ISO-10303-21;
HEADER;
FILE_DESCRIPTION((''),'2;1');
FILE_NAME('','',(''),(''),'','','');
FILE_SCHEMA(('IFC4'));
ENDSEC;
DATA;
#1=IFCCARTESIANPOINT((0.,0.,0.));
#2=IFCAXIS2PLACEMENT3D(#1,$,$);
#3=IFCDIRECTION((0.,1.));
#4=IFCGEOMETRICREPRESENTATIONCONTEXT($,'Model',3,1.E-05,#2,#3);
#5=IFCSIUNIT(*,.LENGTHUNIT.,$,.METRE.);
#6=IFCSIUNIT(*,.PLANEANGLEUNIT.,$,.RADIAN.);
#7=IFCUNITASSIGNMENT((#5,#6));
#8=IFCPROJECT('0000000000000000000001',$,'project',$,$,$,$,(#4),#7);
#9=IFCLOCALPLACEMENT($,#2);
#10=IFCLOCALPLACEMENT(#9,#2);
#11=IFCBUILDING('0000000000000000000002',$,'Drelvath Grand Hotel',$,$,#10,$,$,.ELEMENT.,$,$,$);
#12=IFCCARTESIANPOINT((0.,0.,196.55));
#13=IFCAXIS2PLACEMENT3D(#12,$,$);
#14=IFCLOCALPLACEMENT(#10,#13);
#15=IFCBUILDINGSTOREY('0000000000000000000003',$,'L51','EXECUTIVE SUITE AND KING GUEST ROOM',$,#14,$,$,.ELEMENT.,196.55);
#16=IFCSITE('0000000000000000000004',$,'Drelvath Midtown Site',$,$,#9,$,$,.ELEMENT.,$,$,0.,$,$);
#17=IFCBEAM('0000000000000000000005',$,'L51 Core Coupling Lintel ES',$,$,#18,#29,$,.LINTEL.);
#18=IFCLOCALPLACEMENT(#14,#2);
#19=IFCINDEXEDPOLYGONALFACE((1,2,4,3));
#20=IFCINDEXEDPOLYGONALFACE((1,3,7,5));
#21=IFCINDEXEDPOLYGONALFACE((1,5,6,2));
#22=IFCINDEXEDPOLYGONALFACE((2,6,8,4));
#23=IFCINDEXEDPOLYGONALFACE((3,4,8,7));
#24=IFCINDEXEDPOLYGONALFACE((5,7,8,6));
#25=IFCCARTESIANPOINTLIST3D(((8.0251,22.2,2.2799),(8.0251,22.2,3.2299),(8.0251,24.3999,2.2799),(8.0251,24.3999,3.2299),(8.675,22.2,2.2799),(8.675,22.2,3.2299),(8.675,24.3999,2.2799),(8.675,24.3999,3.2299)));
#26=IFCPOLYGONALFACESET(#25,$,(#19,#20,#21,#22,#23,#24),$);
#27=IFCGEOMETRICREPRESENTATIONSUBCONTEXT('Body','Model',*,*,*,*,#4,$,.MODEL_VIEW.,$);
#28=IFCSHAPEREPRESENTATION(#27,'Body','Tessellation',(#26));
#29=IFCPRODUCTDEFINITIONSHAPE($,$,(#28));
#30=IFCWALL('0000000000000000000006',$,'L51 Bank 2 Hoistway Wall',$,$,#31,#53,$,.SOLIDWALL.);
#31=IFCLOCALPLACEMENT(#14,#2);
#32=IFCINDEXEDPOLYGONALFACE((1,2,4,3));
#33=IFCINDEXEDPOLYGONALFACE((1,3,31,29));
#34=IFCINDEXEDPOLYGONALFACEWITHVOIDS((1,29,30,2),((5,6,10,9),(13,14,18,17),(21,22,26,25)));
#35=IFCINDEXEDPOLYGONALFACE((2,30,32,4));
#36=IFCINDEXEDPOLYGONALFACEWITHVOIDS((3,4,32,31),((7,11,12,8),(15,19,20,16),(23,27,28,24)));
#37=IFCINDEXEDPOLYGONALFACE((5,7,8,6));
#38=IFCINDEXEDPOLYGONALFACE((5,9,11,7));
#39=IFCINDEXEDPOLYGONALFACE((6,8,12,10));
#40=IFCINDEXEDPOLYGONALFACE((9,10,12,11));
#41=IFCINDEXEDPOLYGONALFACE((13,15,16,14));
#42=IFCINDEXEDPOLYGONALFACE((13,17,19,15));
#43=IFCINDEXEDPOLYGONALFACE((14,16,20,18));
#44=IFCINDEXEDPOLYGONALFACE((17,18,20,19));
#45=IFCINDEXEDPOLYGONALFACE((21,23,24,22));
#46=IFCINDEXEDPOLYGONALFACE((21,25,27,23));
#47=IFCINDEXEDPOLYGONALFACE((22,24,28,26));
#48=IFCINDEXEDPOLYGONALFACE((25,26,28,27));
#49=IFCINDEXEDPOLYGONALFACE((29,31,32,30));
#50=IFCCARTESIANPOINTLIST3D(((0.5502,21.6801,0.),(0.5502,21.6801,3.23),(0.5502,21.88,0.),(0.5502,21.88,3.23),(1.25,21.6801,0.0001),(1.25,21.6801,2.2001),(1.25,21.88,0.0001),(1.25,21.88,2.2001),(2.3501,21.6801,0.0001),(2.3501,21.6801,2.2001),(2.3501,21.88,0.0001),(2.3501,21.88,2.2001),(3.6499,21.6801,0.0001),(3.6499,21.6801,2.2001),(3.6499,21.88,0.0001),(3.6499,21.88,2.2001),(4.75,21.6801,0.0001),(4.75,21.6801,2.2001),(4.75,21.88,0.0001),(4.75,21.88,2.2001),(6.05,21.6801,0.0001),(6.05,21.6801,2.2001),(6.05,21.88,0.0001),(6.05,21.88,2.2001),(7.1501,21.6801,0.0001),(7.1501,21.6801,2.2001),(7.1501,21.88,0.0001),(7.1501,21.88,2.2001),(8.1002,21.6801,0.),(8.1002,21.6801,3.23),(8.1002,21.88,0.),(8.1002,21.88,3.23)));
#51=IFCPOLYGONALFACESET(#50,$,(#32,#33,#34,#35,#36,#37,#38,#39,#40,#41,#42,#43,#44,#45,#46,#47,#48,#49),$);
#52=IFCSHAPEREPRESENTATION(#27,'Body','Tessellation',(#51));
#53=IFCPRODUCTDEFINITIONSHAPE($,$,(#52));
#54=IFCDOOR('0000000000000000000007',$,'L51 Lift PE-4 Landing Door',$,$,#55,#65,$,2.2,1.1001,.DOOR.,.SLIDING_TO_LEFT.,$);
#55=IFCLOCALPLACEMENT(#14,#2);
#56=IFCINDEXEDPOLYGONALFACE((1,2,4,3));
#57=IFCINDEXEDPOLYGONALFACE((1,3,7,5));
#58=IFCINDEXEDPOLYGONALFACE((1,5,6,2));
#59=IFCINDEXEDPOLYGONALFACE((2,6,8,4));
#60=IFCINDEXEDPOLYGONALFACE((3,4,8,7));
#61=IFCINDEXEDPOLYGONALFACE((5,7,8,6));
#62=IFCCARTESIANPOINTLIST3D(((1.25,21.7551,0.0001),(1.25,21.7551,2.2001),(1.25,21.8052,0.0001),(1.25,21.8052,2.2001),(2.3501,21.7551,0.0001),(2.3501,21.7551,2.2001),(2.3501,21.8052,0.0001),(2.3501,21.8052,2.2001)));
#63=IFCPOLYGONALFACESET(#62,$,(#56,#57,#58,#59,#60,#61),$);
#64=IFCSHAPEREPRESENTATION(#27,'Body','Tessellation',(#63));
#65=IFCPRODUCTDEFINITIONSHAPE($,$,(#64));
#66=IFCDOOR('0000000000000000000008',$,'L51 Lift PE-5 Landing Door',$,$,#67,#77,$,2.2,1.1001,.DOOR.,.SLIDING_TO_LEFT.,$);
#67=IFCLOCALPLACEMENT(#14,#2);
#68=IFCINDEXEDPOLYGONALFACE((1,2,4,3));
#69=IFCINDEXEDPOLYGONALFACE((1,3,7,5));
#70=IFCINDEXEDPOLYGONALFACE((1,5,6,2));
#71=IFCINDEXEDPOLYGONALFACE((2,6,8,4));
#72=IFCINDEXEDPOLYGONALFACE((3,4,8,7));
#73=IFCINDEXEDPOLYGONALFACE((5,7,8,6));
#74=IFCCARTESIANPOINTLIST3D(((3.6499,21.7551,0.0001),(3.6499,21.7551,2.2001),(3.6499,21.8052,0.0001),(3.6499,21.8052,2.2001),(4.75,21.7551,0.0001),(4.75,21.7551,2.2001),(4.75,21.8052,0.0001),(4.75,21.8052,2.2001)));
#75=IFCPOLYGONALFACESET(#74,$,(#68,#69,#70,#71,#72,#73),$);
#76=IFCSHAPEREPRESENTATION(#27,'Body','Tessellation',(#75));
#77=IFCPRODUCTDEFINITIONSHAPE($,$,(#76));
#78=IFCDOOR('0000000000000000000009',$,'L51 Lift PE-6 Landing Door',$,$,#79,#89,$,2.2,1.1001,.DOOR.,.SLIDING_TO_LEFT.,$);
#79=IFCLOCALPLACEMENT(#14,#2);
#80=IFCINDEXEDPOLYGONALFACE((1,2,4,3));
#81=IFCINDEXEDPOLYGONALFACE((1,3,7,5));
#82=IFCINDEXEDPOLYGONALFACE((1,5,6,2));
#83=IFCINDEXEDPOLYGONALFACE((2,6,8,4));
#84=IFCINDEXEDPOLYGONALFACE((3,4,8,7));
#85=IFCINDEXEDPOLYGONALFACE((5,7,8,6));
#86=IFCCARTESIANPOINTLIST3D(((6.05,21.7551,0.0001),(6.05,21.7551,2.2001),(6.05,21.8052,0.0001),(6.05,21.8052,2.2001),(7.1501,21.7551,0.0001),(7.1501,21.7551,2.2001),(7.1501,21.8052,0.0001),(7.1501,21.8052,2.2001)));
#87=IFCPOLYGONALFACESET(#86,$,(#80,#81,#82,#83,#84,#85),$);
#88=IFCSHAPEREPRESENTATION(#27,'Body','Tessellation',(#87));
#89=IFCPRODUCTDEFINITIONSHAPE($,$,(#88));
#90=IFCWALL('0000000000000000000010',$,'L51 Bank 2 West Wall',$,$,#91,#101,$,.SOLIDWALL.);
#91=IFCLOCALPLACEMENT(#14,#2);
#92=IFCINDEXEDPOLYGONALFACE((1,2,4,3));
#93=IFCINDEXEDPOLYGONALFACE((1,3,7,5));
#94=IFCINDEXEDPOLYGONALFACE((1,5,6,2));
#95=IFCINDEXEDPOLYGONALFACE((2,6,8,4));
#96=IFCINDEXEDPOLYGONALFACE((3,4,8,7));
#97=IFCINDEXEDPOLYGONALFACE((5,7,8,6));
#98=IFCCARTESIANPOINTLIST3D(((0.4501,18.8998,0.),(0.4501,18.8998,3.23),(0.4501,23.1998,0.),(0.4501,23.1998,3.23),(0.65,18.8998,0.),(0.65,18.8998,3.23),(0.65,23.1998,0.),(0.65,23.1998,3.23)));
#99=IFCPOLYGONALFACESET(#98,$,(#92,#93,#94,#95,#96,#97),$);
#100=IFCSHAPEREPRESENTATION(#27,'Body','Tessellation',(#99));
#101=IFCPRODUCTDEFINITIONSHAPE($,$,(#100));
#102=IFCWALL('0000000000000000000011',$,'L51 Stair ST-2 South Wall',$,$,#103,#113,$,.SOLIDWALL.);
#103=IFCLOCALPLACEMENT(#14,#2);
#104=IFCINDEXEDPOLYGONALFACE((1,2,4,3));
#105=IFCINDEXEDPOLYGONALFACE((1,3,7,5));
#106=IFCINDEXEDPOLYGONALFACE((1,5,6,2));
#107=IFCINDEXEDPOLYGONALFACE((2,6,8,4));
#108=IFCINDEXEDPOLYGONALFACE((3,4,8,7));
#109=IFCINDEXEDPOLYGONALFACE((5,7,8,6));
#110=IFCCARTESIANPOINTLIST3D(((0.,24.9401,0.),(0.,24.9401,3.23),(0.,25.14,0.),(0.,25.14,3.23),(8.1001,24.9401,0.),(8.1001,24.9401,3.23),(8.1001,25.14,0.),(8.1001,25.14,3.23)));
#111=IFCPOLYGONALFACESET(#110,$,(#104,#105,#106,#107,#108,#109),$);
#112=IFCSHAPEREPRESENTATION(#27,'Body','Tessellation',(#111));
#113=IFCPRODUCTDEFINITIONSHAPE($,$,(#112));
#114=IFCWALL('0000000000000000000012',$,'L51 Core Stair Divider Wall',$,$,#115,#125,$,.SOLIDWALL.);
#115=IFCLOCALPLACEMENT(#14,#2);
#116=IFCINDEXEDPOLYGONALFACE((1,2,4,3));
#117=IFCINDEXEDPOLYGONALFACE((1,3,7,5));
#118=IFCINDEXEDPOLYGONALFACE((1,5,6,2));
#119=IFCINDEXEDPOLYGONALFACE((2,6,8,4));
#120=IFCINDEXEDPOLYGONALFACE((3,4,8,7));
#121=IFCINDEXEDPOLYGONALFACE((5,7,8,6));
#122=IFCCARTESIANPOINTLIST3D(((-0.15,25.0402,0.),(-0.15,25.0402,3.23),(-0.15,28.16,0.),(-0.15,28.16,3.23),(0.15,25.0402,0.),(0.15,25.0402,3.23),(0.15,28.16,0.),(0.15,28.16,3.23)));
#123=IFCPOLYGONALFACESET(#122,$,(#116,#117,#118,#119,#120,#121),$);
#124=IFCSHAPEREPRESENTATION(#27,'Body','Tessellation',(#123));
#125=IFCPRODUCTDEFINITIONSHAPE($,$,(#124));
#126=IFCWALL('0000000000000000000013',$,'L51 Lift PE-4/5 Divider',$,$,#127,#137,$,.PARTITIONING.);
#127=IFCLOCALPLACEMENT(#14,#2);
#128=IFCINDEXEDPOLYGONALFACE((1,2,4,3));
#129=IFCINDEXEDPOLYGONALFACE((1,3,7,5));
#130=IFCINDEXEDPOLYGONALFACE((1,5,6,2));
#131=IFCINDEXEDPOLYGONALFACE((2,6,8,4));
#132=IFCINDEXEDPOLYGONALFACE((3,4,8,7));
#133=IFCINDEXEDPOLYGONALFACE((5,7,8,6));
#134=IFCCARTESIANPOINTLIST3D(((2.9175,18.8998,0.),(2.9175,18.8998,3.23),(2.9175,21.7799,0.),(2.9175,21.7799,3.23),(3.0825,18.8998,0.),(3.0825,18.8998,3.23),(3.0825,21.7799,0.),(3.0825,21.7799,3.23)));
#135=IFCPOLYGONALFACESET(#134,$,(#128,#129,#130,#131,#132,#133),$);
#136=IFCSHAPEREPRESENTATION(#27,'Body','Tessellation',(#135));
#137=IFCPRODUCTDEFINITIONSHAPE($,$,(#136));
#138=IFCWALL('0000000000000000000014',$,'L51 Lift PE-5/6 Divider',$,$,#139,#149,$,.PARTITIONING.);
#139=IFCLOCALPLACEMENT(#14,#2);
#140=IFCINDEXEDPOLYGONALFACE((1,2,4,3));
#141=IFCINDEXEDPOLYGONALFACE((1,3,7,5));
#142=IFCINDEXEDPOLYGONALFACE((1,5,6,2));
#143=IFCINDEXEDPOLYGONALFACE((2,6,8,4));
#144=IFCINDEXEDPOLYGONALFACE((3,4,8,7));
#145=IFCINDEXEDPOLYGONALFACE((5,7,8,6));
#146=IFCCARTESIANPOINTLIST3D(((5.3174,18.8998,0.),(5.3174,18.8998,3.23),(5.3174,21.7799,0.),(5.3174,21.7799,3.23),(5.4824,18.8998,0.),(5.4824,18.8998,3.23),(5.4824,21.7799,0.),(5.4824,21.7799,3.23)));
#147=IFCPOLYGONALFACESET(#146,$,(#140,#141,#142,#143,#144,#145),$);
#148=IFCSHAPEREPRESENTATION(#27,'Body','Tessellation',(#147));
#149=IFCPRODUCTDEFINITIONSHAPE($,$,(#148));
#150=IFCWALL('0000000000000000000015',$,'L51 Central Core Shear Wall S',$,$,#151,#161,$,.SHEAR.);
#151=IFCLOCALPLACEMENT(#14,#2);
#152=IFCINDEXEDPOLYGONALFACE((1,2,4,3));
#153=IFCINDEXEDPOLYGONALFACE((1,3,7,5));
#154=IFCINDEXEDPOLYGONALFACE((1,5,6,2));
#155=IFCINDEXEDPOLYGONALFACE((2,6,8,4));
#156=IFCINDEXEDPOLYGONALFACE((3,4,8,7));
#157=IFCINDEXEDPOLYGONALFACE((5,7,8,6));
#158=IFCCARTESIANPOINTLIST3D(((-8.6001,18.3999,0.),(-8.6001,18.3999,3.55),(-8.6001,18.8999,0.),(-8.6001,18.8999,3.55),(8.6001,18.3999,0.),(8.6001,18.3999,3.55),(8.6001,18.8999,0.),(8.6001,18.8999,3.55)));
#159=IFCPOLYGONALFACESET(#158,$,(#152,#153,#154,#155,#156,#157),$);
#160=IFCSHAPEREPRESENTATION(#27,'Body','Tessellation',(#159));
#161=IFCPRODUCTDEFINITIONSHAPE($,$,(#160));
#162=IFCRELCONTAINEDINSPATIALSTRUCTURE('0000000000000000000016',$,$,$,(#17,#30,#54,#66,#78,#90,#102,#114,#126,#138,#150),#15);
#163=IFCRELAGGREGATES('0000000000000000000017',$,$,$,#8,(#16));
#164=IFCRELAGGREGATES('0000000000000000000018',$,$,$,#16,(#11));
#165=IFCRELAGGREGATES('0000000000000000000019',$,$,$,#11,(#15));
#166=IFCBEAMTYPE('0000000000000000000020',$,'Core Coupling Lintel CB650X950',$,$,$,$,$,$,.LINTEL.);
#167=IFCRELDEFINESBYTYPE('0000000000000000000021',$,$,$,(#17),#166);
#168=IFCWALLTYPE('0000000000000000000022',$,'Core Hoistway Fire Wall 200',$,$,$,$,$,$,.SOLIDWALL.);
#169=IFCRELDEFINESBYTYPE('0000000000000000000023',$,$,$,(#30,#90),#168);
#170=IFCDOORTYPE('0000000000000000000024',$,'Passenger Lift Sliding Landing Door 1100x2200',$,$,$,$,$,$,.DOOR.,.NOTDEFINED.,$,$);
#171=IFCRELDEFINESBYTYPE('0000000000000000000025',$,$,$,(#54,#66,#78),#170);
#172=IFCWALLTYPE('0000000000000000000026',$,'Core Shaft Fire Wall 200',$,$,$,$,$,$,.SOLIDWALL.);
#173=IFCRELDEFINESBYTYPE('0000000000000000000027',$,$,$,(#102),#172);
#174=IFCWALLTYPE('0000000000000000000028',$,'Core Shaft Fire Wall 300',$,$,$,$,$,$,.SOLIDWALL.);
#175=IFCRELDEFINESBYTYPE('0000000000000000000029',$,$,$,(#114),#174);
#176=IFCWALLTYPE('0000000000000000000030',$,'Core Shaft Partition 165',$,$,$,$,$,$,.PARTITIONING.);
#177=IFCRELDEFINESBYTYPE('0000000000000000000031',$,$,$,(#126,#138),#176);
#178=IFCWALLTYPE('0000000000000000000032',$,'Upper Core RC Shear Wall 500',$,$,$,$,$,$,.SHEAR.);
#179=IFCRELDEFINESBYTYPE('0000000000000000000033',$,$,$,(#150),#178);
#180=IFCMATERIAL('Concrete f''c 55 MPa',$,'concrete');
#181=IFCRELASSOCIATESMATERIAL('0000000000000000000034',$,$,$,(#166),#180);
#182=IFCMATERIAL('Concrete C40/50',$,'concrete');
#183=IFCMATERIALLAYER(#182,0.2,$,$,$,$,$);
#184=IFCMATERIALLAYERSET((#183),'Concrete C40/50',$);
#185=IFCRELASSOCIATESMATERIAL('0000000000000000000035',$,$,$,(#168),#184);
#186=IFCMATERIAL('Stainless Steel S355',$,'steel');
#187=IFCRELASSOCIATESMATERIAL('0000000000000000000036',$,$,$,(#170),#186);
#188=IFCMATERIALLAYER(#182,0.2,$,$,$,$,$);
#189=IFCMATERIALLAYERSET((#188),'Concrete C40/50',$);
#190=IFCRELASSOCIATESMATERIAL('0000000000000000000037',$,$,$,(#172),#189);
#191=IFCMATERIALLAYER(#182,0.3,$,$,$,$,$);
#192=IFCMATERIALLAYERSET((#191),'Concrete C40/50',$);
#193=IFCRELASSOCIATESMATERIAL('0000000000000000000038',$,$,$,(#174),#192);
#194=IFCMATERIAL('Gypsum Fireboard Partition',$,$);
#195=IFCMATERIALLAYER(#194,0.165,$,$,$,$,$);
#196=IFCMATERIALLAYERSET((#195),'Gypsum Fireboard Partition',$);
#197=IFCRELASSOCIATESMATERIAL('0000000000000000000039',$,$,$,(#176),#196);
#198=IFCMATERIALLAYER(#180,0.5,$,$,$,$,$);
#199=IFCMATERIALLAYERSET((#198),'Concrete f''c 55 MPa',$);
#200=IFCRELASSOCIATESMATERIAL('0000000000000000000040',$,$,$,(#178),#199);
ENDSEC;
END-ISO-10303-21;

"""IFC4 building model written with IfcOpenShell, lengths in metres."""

from ifc_helpers import new_model, si_unit, direction, frame, frame_2d, origin, origin_2d, place, context, subcontext, project, spatial, rectangle, extrude, material, layer, layer_set, material_profile, profile_set, type_object, element, fill, save


model = new_model("IFC4")

# Units and contexts
model_context = context("Model", 3, precision=1e-05, world=origin(), true_north=direction((0.0, 1.0)))
body_context = subcontext(model_context, "Body", "Model", "MODEL_VIEW")
ifc_project = project(units=[si_unit("LENGTHUNIT", "METRE"), si_unit("PLANEANGLEUNIT", "RADIAN")], contexts=[model_context])

# Site, building, storey
site_placement = place(None, origin())
site = spatial("IfcSite", under=ifc_project, at=site_placement, Name="Drelvath Midtown Site", CompositionType="ELEMENT", RefElevation=0.0)
building_placement = place(site_placement, origin())
building = spatial("IfcBuilding", under=site, at=building_placement, Name="Drelvath Grand Hotel", CompositionType="ELEMENT")
storey_placement = place(building_placement, frame((0.0, 0.0, 196.55)))
storey = spatial("IfcBuildingStorey", under=building, at=storey_placement, Name="L51", Description="EXECUTIVE SUITE AND KING GUEST ROOM", CompositionType="ELEMENT", Elevation=196.55)

# Beam
ifc_material_1 = material(Name="Concrete f'c 55 MPa", Category="concrete")
ifc_material_profile = material_profile(ifc_material_1, rectangle(XDim=0.6499, YDim=0.95, at=origin_2d()), Name="CB650X950")
ifc_profile_set = profile_set([ifc_material_profile], Name="Concrete f'c 55 MPa")
beam_type = type_object("IfcBeamType", Name="Core Coupling Lintel CB650X950", PredefinedType="LINTEL", material=ifc_profile_set)
beam_placement = place(storey_placement, frame((8.3501, 22.2, 2.7549), z_axis=(0.0, 1.0, 0.0), x_axis=(-1.0, 0.0, 0.0)))
element("IfcBeam", 1, at=beam_placement, inside=storey, type_object=beam_type, Name="L51 Core Coupling Lintel ES", PredefinedType="LINTEL", context=body_context, shape_type="SweptSolid", body=[
    extrude(rectangle(XDim=0.6499, YDim=0.95, at=origin_2d()), origin(), (0.0, 0.0, 1.0), 2.2),
])

# Wall, openings, doors
ifc_material_2 = material(Name="Concrete C40/50", Category="concrete")
ifc_layer_1 = layer(ifc_material_2, 0.2)
ifc_layer_set_1 = layer_set([ifc_layer_1], Name="Concrete C40/50")
wall_type_1 = type_object("IfcWallType", Name="Core Hoistway Fire Wall 200", PredefinedType="SOLIDWALL", material=ifc_layer_set_1)
wall_1_placement = place(storey_placement, frame((8.1001, 21.78, 0.0), z_axis=(0.0, 0.0, 1.0), x_axis=(-1.0, 0.0, 0.0)))
wall_1 = element("IfcWall", 2, at=wall_1_placement, inside=storey, type_object=wall_type_1, Name="L51 Bank 2 Hoistway Wall", PredefinedType="SOLIDWALL", context=body_context, shape_type="SweptSolid", body=[
    extrude(rectangle(XDim=7.55, YDim=0.2, at=frame_2d((3.7749, 0.0))), origin(), (0.0, 0.0, 1.0), 3.23),
])
opening_1_placement = place(wall_1_placement, frame((5.75, 0.0, 0.0)))
opening_1 = element("IfcOpeningElement", 3, at=opening_1_placement, cuts=wall_1, PredefinedType="OPENING", context=body_context, shape_type="SweptSolid", body=[
    extrude(rectangle(XDim=1.1001, YDim=2.2, at=frame_2d((0.55, 1.1001))), frame((0.0, 0.1099, 0.0), z_axis=(0.0, -1.0, 0.0), x_axis=(1.0, 0.0, 0.0)), (0.0, 0.0, 1.0), 0.22),
])
opening_2_placement = place(wall_1_placement, frame((3.3501, 0.0, 0.0)))
opening_2 = element("IfcOpeningElement", 4, at=opening_2_placement, cuts=wall_1, PredefinedType="OPENING", context=body_context, shape_type="SweptSolid", body=[
    extrude(rectangle(XDim=1.1001, YDim=2.2, at=frame_2d((0.55, 1.1001))), frame((0.0, 0.1099, 0.0), z_axis=(0.0, -1.0, 0.0), x_axis=(1.0, 0.0, 0.0)), (0.0, 0.0, 1.0), 0.22),
])
opening_3_placement = place(wall_1_placement, frame((0.95, 0.0, 0.0)))
opening_3 = element("IfcOpeningElement", 5, at=opening_3_placement, cuts=wall_1, PredefinedType="OPENING", context=body_context, shape_type="SweptSolid", body=[
    extrude(rectangle(XDim=1.1001, YDim=2.2, at=frame_2d((0.55, 1.1001))), frame((0.0, 0.1099, 0.0), z_axis=(0.0, -1.0, 0.0), x_axis=(1.0, 0.0, 0.0)), (0.0, 0.0, 1.0), 0.22),
])
ifc_material_3 = material(Name="Stainless Steel S355", Category="steel")
door_type = type_object("IfcDoorType", Name="Passenger Lift Sliding Landing Door 1100x2200", OperationType="NOTDEFINED", PredefinedType="DOOR", material=ifc_material_3)
door_1_placement = place(opening_1_placement, origin())
door_1 = element("IfcDoor", 6, at=door_1_placement, inside=storey, type_object=door_type, Name="L51 Lift PE-4 Landing Door", OperationType="SLIDING_TO_LEFT", OverallHeight=2.2, OverallWidth=1.1001, PredefinedType="DOOR", context=body_context, shape_type="SweptSolid", body=[
    extrude(rectangle(XDim=1.1001, YDim=2.2, at=frame_2d((0.55, 1.1001))), frame((0.0, 0.0249, 0.0), z_axis=(0.0, -1.0, 0.0), x_axis=(1.0, 0.0, 0.0)), (0.0, 0.0, 1.0), 0.05),
])
fill(opening_1, door_1)
door_2_placement = place(opening_2_placement, origin())
door_2 = element("IfcDoor", 7, at=door_2_placement, inside=storey, type_object=door_type, Name="L51 Lift PE-5 Landing Door", OperationType="SLIDING_TO_LEFT", OverallHeight=2.2, OverallWidth=1.1001, PredefinedType="DOOR", context=body_context, shape_type="SweptSolid", body=[
    extrude(rectangle(XDim=1.1001, YDim=2.2, at=frame_2d((0.55, 1.1001))), frame((0.0, 0.0249, 0.0), z_axis=(0.0, -1.0, 0.0), x_axis=(1.0, 0.0, 0.0)), (0.0, 0.0, 1.0), 0.05),
])
fill(opening_2, door_2)
door_3_placement = place(opening_3_placement, origin())
door_3 = element("IfcDoor", 8, at=door_3_placement, inside=storey, type_object=door_type, Name="L51 Lift PE-6 Landing Door", OperationType="SLIDING_TO_LEFT", OverallHeight=2.2, OverallWidth=1.1001, PredefinedType="DOOR", context=body_context, shape_type="SweptSolid", body=[
    extrude(rectangle(XDim=1.1001, YDim=2.2, at=frame_2d((0.55, 1.1001))), frame((0.0, 0.0249, 0.0), z_axis=(0.0, -1.0, 0.0), x_axis=(1.0, 0.0, 0.0)), (0.0, 0.0, 1.0), 0.05),
])
fill(opening_3, door_3)

# Walls
wall_2_placement = place(storey_placement, frame((0.55, 18.8999, 0.0), z_axis=(0.0, 0.0, 1.0), x_axis=(0.0, 1.0, 0.0)))
element("IfcWall", 9, at=wall_2_placement, inside=storey, type_object=wall_type_1, Name="L51 Bank 2 West Wall", PredefinedType="SOLIDWALL", context=body_context, shape_type="SweptSolid", body=[
    extrude(rectangle(XDim=4.3, YDim=0.2, at=frame_2d((2.1499, 0.0))), origin(), (0.0, 0.0, 1.0), 3.23),
])
ifc_layer_2 = layer(ifc_material_2, 0.2)
ifc_layer_set_2 = layer_set([ifc_layer_2], Name="Concrete C40/50")
wall_type_2 = type_object("IfcWallType", Name="Core Shaft Fire Wall 200", PredefinedType="SOLIDWALL", material=ifc_layer_set_2)
wall_3_placement = place(storey_placement, frame((0.0, 25.04, 0.0), z_axis=(0.0, 0.0, 1.0), x_axis=(1.0, 0.0, 0.0)))
element("IfcWall", 10, at=wall_3_placement, inside=storey, type_object=wall_type_2, Name="L51 Stair ST-2 South Wall", PredefinedType="SOLIDWALL", context=body_context, shape_type="SweptSolid", body=[
    extrude(rectangle(XDim=8.1001, YDim=0.2, at=frame_2d((4.05, 0.0))), origin(), (0.0, 0.0, 1.0), 3.23),
])
ifc_layer_3 = layer(ifc_material_2, 0.3)
ifc_layer_set_3 = layer_set([ifc_layer_3], Name="Concrete C40/50")
wall_type_3 = type_object("IfcWallType", Name="Core Shaft Fire Wall 300", PredefinedType="SOLIDWALL", material=ifc_layer_set_3)
wall_4_placement = place(storey_placement, frame((0.0, 25.04, 0.0), z_axis=(0.0, 0.0, 1.0), x_axis=(0.0, 1.0, 0.0)))
element("IfcWall", 11, at=wall_4_placement, inside=storey, type_object=wall_type_3, Name="L51 Core Stair Divider Wall", PredefinedType="SOLIDWALL", context=body_context, shape_type="SweptSolid", body=[
    extrude(rectangle(XDim=3.1199, YDim=0.3, at=frame_2d((1.5601, 0.0))), origin(), (0.0, 0.0, 1.0), 3.23),
])
ifc_material_4 = material(Name="Gypsum Fireboard Partition")
ifc_layer_4 = layer(ifc_material_4, 0.165)
ifc_layer_set_4 = layer_set([ifc_layer_4], Name="Gypsum Fireboard Partition")
wall_type_4 = type_object("IfcWallType", Name="Core Shaft Partition 165", PredefinedType="PARTITIONING", material=ifc_layer_set_4)
for number, where, z_axis, x_axis, name in (
    (12, (3.0, 18.8999, 0.0), (0.0, 0.0, 1.0), (0.0, 1.0, 0.0), "L51 Lift PE-4/5 Divider"),
    (13, (5.3999, 18.8999, 0.0), (0.0, 0.0, 1.0), (0.0, 1.0, 0.0), "L51 Lift PE-5/6 Divider"),
):
    element("IfcWall", number, at=place(storey_placement, frame(where, z_axis=z_axis, x_axis=x_axis)), inside=storey, type_object=wall_type_4, Name=name, PredefinedType="PARTITIONING", context=body_context, shape_type="SweptSolid", body=[
        extrude(rectangle(XDim=2.8801, YDim=0.165, at=frame_2d((1.4399, 0.0))), origin(), (0.0, 0.0, 1.0), 3.23),
    ])
ifc_layer_5 = layer(ifc_material_1, 0.5)
ifc_layer_set_5 = layer_set([ifc_layer_5], Name="Concrete f'c 55 MPa")
wall_type_5 = type_object("IfcWallType", Name="Upper Core RC Shear Wall 500", PredefinedType="SHEAR", material=ifc_layer_set_5)
wall_5_placement = place(storey_placement, frame((8.6001, 18.6499, 0.0), z_axis=(0.0, 0.0, 1.0), x_axis=(-1.0, 0.0, 0.0)))
element("IfcWall", 14, at=wall_5_placement, inside=storey, type_object=wall_type_5, Name="L51 Central Core Shear Wall S", PredefinedType="SHEAR", context=body_context, shape_type="SweptSolid", body=[
    extrude(rectangle(XDim=17.2002, YDim=0.5, at=frame_2d((8.6001, 0.0))), origin(), (0.0, 0.0, 1.0), 3.55),
])

save(model, "model.ifc")
